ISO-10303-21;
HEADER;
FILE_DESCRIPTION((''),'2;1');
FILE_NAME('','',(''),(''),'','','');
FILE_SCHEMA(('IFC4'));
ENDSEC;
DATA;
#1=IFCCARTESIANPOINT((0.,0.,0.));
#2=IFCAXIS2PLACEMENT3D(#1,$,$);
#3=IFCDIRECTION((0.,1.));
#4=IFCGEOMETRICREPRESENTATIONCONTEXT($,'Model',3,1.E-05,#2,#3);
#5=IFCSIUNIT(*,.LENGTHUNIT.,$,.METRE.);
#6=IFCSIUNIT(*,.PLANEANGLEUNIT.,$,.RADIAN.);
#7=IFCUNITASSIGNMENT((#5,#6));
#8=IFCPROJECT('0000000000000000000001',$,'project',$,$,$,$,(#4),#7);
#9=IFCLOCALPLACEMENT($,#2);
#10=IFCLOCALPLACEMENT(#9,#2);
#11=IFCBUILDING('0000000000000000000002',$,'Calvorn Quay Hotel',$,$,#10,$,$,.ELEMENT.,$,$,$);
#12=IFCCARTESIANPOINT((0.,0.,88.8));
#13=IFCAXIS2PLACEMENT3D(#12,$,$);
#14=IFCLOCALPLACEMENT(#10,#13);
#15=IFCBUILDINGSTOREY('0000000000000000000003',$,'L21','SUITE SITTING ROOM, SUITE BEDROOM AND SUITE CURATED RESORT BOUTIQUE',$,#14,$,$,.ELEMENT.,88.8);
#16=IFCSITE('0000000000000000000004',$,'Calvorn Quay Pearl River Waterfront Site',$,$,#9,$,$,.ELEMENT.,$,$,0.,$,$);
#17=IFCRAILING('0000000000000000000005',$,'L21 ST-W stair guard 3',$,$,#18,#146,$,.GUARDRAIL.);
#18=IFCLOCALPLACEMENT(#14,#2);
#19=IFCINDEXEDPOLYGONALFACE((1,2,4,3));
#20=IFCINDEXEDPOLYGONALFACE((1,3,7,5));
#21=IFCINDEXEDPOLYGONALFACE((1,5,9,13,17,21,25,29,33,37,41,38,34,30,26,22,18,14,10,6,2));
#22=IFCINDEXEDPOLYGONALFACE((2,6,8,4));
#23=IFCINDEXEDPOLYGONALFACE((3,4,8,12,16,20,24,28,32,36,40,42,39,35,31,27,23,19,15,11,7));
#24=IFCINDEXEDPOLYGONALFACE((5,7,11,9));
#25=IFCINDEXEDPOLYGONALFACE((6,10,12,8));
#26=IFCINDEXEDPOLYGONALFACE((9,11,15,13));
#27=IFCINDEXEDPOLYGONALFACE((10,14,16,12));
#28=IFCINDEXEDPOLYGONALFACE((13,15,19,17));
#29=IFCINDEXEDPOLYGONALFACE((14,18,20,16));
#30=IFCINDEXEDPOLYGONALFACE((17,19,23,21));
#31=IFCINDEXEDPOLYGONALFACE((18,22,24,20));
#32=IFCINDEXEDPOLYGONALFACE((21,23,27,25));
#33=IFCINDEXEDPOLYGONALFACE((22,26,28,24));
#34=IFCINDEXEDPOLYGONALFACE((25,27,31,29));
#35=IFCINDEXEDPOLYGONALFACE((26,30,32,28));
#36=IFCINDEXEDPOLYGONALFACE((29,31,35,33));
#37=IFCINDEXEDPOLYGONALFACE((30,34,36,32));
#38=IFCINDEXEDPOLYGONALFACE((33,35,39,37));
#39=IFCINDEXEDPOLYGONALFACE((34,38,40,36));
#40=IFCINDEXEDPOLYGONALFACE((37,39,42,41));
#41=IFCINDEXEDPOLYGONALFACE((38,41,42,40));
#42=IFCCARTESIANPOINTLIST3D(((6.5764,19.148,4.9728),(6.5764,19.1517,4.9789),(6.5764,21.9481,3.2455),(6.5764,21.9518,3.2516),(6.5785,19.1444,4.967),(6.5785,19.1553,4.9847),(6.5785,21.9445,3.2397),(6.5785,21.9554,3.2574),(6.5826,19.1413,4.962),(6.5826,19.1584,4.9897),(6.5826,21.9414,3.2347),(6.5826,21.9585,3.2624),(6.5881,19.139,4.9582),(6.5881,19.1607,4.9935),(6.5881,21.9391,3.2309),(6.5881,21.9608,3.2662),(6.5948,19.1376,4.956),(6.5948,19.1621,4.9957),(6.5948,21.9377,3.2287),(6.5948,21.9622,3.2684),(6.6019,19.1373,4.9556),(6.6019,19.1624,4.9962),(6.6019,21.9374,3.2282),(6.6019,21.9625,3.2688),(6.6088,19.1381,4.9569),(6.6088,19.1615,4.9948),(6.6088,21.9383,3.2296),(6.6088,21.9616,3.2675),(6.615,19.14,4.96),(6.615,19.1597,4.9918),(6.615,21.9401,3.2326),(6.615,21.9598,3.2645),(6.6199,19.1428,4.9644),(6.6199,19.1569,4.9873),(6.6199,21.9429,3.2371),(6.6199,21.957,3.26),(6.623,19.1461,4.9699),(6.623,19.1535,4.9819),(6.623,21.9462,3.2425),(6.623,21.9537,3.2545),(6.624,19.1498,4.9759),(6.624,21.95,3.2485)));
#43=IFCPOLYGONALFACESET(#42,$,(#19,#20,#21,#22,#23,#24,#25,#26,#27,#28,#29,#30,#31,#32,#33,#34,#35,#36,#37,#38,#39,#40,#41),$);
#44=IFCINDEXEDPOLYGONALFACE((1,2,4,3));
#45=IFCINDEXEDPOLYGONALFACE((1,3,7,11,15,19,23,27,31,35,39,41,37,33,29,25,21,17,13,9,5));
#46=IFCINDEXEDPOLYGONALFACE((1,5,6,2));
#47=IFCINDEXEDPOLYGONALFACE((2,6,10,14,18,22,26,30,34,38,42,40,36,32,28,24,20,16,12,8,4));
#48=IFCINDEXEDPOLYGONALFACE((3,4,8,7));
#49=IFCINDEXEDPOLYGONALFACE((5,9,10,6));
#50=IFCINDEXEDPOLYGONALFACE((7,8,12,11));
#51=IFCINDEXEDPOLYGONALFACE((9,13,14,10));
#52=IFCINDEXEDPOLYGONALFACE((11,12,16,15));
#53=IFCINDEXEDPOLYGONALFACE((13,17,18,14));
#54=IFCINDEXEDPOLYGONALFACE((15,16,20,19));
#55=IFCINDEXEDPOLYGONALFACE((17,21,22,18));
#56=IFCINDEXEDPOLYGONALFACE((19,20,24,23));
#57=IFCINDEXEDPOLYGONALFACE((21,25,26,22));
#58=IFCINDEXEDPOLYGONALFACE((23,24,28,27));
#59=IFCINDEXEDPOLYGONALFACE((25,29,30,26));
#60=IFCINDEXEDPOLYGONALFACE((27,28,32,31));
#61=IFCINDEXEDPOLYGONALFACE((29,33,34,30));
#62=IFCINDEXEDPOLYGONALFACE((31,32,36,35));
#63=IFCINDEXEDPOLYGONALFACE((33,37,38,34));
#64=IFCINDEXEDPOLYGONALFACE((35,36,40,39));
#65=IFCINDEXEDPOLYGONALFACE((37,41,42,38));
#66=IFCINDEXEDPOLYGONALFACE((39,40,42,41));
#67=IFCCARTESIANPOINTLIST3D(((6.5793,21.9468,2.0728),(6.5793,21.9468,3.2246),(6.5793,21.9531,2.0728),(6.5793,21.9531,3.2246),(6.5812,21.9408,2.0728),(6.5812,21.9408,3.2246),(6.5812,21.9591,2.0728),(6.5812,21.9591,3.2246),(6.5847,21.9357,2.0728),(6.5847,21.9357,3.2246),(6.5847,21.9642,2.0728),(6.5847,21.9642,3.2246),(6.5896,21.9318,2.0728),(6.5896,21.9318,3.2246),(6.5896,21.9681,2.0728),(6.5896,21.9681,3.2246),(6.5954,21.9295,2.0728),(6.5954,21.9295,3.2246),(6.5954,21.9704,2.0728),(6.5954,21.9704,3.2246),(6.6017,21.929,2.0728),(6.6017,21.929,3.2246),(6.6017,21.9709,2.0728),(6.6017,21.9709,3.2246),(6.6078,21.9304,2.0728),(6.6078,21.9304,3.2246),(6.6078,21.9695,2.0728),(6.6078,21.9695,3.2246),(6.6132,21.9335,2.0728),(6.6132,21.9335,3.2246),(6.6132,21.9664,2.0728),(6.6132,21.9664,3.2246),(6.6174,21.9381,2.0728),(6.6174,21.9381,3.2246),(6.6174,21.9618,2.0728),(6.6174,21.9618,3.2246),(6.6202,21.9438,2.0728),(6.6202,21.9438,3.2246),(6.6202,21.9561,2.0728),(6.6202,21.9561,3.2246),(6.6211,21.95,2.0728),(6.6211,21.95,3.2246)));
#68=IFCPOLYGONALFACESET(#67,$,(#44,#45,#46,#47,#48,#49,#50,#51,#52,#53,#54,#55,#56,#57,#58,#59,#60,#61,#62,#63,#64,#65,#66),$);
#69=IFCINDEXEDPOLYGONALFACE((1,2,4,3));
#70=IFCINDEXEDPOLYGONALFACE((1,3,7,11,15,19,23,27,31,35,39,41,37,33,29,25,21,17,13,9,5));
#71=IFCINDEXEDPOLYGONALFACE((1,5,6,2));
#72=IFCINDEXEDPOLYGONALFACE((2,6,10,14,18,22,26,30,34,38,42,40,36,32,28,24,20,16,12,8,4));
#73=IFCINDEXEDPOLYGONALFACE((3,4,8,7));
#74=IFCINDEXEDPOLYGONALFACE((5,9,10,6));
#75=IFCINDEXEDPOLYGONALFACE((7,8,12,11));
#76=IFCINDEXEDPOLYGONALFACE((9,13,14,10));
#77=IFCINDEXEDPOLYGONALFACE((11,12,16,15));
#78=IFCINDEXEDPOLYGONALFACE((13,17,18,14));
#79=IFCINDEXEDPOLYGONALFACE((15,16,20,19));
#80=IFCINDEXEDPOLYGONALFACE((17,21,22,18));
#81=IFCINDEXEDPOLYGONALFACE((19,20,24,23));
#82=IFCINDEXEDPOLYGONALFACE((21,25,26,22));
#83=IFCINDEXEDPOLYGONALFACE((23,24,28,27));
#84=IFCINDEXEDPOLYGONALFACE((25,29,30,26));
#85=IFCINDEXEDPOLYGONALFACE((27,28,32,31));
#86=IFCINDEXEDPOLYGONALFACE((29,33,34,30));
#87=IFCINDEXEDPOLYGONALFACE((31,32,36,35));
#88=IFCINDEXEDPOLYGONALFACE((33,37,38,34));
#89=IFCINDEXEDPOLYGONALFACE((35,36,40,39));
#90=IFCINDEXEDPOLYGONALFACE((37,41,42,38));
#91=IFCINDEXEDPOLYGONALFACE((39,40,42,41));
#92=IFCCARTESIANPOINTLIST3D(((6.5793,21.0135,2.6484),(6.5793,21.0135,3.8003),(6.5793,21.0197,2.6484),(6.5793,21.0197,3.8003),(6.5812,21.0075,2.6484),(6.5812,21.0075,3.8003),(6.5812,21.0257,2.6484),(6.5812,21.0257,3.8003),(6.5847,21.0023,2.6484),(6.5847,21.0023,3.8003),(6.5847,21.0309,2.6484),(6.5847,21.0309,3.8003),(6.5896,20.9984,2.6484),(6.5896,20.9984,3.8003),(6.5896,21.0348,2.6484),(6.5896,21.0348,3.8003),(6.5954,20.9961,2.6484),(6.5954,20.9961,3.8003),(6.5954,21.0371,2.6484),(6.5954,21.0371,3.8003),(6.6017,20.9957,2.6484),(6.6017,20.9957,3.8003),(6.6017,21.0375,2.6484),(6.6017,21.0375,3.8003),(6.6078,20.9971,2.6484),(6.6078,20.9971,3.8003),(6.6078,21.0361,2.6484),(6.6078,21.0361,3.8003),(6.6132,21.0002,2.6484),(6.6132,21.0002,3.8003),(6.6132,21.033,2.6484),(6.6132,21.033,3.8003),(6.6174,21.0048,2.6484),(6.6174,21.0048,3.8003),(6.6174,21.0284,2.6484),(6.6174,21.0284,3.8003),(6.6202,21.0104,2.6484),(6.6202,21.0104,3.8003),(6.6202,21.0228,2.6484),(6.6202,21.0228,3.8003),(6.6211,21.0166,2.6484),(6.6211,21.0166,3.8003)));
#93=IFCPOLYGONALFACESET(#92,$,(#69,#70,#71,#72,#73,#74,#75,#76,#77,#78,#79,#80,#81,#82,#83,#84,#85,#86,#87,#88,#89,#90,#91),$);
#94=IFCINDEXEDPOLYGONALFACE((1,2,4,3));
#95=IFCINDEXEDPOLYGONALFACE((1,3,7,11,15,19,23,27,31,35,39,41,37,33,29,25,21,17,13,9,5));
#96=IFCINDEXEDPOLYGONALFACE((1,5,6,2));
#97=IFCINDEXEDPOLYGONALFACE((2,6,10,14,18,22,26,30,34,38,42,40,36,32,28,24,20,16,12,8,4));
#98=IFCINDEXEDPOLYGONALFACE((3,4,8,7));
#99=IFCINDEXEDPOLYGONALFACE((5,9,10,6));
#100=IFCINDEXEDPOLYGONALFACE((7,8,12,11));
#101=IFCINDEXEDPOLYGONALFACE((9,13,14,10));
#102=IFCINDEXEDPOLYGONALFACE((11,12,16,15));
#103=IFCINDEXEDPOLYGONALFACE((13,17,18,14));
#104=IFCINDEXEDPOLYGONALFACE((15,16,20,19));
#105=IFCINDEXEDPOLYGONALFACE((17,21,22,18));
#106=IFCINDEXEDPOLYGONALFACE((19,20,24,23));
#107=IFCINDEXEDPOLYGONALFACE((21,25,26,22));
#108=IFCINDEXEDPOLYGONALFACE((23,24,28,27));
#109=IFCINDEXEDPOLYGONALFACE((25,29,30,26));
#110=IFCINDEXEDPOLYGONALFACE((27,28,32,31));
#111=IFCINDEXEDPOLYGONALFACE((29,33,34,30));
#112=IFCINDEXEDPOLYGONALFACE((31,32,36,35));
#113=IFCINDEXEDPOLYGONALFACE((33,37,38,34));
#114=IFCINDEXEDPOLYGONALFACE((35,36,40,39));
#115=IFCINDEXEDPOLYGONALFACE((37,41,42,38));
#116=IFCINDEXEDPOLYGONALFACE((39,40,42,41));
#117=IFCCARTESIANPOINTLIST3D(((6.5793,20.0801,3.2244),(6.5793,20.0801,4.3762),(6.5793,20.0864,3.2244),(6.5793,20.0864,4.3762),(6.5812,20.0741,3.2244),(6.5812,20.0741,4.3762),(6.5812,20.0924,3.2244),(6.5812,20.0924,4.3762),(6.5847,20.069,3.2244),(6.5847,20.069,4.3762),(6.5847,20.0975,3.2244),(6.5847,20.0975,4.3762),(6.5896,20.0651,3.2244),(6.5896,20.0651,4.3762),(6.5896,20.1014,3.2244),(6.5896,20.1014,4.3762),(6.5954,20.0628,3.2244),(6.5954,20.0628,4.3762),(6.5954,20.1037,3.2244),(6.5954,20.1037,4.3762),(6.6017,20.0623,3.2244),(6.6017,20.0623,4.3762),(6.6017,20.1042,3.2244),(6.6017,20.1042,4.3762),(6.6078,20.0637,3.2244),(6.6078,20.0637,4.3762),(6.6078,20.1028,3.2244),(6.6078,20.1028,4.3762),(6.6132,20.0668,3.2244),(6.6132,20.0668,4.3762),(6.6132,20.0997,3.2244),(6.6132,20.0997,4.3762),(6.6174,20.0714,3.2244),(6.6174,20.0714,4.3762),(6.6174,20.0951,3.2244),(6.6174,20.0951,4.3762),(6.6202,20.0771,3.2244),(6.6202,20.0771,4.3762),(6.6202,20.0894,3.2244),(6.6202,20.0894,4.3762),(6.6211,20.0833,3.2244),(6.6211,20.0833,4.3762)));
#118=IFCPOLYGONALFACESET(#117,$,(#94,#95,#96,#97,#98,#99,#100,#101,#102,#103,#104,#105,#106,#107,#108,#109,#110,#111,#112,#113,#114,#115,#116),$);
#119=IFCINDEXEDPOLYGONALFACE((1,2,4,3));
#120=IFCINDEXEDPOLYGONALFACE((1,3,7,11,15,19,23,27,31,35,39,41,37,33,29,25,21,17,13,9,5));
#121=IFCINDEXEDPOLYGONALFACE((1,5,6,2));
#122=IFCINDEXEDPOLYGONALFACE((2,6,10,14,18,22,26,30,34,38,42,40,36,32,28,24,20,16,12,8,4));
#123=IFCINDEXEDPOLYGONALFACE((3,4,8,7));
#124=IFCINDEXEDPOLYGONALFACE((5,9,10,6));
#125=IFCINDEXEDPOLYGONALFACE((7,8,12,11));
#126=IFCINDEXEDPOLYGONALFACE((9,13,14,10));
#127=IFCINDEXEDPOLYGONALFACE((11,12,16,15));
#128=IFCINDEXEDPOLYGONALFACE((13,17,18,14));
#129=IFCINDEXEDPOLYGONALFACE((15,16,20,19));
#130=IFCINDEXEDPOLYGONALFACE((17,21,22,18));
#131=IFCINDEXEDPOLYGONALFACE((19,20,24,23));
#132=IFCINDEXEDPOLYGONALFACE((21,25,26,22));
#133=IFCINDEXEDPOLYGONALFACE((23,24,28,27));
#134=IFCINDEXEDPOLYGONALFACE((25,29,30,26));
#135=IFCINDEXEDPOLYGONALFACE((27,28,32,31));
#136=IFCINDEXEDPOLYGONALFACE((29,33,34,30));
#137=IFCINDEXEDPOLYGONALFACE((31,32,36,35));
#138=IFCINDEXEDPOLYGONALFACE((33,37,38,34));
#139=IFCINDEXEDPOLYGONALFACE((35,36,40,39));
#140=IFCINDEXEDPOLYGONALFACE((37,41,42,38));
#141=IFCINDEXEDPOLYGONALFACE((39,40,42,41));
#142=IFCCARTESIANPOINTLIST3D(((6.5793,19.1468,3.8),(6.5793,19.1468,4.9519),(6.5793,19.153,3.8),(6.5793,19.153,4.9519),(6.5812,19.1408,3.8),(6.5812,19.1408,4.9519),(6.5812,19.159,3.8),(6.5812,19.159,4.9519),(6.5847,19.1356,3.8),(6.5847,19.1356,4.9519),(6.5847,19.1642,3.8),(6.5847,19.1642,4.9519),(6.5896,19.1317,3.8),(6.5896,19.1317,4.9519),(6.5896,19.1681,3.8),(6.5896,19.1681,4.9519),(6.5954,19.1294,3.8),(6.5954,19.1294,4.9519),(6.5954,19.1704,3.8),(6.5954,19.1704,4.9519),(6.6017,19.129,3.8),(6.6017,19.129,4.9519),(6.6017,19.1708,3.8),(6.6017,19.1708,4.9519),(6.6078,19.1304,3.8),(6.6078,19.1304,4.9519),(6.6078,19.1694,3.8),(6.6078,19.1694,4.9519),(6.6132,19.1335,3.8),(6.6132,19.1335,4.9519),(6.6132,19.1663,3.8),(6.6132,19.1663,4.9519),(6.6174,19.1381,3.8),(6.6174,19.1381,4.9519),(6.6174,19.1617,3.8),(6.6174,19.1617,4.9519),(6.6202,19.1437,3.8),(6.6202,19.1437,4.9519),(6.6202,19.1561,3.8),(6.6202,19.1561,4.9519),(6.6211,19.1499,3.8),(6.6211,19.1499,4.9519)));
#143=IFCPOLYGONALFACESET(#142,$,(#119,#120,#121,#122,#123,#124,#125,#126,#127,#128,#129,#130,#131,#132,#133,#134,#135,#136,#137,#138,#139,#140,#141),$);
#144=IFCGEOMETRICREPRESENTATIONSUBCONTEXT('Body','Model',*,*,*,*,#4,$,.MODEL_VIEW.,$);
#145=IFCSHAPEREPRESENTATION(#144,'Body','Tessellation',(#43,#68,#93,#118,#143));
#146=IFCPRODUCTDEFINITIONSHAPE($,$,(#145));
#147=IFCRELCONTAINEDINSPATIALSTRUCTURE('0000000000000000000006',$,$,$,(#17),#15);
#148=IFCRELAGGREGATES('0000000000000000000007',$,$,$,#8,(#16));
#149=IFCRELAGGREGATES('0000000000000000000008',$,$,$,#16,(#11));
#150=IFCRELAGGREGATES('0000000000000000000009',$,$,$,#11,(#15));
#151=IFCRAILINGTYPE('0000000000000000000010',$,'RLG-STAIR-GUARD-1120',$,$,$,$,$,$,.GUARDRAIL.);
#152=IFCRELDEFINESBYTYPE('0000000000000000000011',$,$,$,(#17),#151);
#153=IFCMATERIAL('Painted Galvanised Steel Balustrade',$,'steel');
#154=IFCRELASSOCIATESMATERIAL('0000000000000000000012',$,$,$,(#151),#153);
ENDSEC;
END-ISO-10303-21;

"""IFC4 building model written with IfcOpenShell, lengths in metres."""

from ifc_helpers import new_model, si_unit, direction, frame, origin, origin_2d, place, context, subcontext, project, spatial, circle, extrude, material, type_object, element, save


model = new_model("IFC4")

# Units and contexts
model_context = context("Model", 3, precision=1e-05, world=origin(), true_north=direction((0.0, 1.0)))
body_context = subcontext(model_context, "Body", "Model", "MODEL_VIEW")
ifc_project = project(units=[si_unit("LENGTHUNIT", "METRE"), si_unit("PLANEANGLEUNIT", "RADIAN")], contexts=[model_context])

# Site, building, storey
site_placement = place(None, origin())
site = spatial("IfcSite", under=ifc_project, at=site_placement, Name="Calvorn Quay Pearl River Waterfront Site", CompositionType="ELEMENT", RefElevation=0.0)
building_placement = place(site_placement, origin())
building = spatial("IfcBuilding", under=site, at=building_placement, Name="Calvorn Quay Hotel", CompositionType="ELEMENT")
storey_placement = place(building_placement, frame((0.0, 0.0, 88.8)))
storey = spatial("IfcBuildingStorey", under=building, at=storey_placement, Name="L21", Description="SUITE SITTING ROOM, SUITE BEDROOM AND SUITE CURATED RESORT BOUTIQUE", CompositionType="ELEMENT", Elevation=88.8)

# Railing
ifc_material_1 = material(Name="Painted Galvanised Steel Balustrade", Category="steel")
railing_type_1 = type_object("IfcRailingType", Name="RLG-STAIR-GUARD-1120", PredefinedType="GUARDRAIL", material=ifc_material_1)
railing_1_placement = place(storey_placement, frame((6.6001, 21.95, 2.0728)))
element("IfcRailing", 1, at=railing_1_placement, inside=storey, type_object=railing_type_1, Name="L21 ST-W stair guard 3", PredefinedType="GUARDRAIL", context=body_context, shape_type="SweptSolid", body=[
    extrude(circle(Radius=0.0239, at=origin_2d()), frame((0.0, 0.0, 1.1758), z_axis=(0.0, -0.85109, 0.52502), x_axis=(1.0, 0.0, 0.0)), (0.0, 0.0, 1.0), 3.29),
    extrude(circle(Radius=0.021, at=origin_2d()), origin(), (0.0, 0.0, 1.0), 1.1519),
    extrude(circle(Radius=0.021, at=origin_2d()), frame((0.0, -0.9333, 0.5757)), (0.0, 0.0, 1.0), 1.1519),
    extrude(circle(Radius=0.021, at=origin_2d()), frame((0.0, -1.8667, 1.1516)), (0.0, 0.0, 1.0), 1.1519),
    extrude(circle(Radius=0.021, at=origin_2d()), frame((0.0, -2.8, 1.7273)), (0.0, 0.0, 1.0), 1.1519),
])

save(model, "model.ifc")
